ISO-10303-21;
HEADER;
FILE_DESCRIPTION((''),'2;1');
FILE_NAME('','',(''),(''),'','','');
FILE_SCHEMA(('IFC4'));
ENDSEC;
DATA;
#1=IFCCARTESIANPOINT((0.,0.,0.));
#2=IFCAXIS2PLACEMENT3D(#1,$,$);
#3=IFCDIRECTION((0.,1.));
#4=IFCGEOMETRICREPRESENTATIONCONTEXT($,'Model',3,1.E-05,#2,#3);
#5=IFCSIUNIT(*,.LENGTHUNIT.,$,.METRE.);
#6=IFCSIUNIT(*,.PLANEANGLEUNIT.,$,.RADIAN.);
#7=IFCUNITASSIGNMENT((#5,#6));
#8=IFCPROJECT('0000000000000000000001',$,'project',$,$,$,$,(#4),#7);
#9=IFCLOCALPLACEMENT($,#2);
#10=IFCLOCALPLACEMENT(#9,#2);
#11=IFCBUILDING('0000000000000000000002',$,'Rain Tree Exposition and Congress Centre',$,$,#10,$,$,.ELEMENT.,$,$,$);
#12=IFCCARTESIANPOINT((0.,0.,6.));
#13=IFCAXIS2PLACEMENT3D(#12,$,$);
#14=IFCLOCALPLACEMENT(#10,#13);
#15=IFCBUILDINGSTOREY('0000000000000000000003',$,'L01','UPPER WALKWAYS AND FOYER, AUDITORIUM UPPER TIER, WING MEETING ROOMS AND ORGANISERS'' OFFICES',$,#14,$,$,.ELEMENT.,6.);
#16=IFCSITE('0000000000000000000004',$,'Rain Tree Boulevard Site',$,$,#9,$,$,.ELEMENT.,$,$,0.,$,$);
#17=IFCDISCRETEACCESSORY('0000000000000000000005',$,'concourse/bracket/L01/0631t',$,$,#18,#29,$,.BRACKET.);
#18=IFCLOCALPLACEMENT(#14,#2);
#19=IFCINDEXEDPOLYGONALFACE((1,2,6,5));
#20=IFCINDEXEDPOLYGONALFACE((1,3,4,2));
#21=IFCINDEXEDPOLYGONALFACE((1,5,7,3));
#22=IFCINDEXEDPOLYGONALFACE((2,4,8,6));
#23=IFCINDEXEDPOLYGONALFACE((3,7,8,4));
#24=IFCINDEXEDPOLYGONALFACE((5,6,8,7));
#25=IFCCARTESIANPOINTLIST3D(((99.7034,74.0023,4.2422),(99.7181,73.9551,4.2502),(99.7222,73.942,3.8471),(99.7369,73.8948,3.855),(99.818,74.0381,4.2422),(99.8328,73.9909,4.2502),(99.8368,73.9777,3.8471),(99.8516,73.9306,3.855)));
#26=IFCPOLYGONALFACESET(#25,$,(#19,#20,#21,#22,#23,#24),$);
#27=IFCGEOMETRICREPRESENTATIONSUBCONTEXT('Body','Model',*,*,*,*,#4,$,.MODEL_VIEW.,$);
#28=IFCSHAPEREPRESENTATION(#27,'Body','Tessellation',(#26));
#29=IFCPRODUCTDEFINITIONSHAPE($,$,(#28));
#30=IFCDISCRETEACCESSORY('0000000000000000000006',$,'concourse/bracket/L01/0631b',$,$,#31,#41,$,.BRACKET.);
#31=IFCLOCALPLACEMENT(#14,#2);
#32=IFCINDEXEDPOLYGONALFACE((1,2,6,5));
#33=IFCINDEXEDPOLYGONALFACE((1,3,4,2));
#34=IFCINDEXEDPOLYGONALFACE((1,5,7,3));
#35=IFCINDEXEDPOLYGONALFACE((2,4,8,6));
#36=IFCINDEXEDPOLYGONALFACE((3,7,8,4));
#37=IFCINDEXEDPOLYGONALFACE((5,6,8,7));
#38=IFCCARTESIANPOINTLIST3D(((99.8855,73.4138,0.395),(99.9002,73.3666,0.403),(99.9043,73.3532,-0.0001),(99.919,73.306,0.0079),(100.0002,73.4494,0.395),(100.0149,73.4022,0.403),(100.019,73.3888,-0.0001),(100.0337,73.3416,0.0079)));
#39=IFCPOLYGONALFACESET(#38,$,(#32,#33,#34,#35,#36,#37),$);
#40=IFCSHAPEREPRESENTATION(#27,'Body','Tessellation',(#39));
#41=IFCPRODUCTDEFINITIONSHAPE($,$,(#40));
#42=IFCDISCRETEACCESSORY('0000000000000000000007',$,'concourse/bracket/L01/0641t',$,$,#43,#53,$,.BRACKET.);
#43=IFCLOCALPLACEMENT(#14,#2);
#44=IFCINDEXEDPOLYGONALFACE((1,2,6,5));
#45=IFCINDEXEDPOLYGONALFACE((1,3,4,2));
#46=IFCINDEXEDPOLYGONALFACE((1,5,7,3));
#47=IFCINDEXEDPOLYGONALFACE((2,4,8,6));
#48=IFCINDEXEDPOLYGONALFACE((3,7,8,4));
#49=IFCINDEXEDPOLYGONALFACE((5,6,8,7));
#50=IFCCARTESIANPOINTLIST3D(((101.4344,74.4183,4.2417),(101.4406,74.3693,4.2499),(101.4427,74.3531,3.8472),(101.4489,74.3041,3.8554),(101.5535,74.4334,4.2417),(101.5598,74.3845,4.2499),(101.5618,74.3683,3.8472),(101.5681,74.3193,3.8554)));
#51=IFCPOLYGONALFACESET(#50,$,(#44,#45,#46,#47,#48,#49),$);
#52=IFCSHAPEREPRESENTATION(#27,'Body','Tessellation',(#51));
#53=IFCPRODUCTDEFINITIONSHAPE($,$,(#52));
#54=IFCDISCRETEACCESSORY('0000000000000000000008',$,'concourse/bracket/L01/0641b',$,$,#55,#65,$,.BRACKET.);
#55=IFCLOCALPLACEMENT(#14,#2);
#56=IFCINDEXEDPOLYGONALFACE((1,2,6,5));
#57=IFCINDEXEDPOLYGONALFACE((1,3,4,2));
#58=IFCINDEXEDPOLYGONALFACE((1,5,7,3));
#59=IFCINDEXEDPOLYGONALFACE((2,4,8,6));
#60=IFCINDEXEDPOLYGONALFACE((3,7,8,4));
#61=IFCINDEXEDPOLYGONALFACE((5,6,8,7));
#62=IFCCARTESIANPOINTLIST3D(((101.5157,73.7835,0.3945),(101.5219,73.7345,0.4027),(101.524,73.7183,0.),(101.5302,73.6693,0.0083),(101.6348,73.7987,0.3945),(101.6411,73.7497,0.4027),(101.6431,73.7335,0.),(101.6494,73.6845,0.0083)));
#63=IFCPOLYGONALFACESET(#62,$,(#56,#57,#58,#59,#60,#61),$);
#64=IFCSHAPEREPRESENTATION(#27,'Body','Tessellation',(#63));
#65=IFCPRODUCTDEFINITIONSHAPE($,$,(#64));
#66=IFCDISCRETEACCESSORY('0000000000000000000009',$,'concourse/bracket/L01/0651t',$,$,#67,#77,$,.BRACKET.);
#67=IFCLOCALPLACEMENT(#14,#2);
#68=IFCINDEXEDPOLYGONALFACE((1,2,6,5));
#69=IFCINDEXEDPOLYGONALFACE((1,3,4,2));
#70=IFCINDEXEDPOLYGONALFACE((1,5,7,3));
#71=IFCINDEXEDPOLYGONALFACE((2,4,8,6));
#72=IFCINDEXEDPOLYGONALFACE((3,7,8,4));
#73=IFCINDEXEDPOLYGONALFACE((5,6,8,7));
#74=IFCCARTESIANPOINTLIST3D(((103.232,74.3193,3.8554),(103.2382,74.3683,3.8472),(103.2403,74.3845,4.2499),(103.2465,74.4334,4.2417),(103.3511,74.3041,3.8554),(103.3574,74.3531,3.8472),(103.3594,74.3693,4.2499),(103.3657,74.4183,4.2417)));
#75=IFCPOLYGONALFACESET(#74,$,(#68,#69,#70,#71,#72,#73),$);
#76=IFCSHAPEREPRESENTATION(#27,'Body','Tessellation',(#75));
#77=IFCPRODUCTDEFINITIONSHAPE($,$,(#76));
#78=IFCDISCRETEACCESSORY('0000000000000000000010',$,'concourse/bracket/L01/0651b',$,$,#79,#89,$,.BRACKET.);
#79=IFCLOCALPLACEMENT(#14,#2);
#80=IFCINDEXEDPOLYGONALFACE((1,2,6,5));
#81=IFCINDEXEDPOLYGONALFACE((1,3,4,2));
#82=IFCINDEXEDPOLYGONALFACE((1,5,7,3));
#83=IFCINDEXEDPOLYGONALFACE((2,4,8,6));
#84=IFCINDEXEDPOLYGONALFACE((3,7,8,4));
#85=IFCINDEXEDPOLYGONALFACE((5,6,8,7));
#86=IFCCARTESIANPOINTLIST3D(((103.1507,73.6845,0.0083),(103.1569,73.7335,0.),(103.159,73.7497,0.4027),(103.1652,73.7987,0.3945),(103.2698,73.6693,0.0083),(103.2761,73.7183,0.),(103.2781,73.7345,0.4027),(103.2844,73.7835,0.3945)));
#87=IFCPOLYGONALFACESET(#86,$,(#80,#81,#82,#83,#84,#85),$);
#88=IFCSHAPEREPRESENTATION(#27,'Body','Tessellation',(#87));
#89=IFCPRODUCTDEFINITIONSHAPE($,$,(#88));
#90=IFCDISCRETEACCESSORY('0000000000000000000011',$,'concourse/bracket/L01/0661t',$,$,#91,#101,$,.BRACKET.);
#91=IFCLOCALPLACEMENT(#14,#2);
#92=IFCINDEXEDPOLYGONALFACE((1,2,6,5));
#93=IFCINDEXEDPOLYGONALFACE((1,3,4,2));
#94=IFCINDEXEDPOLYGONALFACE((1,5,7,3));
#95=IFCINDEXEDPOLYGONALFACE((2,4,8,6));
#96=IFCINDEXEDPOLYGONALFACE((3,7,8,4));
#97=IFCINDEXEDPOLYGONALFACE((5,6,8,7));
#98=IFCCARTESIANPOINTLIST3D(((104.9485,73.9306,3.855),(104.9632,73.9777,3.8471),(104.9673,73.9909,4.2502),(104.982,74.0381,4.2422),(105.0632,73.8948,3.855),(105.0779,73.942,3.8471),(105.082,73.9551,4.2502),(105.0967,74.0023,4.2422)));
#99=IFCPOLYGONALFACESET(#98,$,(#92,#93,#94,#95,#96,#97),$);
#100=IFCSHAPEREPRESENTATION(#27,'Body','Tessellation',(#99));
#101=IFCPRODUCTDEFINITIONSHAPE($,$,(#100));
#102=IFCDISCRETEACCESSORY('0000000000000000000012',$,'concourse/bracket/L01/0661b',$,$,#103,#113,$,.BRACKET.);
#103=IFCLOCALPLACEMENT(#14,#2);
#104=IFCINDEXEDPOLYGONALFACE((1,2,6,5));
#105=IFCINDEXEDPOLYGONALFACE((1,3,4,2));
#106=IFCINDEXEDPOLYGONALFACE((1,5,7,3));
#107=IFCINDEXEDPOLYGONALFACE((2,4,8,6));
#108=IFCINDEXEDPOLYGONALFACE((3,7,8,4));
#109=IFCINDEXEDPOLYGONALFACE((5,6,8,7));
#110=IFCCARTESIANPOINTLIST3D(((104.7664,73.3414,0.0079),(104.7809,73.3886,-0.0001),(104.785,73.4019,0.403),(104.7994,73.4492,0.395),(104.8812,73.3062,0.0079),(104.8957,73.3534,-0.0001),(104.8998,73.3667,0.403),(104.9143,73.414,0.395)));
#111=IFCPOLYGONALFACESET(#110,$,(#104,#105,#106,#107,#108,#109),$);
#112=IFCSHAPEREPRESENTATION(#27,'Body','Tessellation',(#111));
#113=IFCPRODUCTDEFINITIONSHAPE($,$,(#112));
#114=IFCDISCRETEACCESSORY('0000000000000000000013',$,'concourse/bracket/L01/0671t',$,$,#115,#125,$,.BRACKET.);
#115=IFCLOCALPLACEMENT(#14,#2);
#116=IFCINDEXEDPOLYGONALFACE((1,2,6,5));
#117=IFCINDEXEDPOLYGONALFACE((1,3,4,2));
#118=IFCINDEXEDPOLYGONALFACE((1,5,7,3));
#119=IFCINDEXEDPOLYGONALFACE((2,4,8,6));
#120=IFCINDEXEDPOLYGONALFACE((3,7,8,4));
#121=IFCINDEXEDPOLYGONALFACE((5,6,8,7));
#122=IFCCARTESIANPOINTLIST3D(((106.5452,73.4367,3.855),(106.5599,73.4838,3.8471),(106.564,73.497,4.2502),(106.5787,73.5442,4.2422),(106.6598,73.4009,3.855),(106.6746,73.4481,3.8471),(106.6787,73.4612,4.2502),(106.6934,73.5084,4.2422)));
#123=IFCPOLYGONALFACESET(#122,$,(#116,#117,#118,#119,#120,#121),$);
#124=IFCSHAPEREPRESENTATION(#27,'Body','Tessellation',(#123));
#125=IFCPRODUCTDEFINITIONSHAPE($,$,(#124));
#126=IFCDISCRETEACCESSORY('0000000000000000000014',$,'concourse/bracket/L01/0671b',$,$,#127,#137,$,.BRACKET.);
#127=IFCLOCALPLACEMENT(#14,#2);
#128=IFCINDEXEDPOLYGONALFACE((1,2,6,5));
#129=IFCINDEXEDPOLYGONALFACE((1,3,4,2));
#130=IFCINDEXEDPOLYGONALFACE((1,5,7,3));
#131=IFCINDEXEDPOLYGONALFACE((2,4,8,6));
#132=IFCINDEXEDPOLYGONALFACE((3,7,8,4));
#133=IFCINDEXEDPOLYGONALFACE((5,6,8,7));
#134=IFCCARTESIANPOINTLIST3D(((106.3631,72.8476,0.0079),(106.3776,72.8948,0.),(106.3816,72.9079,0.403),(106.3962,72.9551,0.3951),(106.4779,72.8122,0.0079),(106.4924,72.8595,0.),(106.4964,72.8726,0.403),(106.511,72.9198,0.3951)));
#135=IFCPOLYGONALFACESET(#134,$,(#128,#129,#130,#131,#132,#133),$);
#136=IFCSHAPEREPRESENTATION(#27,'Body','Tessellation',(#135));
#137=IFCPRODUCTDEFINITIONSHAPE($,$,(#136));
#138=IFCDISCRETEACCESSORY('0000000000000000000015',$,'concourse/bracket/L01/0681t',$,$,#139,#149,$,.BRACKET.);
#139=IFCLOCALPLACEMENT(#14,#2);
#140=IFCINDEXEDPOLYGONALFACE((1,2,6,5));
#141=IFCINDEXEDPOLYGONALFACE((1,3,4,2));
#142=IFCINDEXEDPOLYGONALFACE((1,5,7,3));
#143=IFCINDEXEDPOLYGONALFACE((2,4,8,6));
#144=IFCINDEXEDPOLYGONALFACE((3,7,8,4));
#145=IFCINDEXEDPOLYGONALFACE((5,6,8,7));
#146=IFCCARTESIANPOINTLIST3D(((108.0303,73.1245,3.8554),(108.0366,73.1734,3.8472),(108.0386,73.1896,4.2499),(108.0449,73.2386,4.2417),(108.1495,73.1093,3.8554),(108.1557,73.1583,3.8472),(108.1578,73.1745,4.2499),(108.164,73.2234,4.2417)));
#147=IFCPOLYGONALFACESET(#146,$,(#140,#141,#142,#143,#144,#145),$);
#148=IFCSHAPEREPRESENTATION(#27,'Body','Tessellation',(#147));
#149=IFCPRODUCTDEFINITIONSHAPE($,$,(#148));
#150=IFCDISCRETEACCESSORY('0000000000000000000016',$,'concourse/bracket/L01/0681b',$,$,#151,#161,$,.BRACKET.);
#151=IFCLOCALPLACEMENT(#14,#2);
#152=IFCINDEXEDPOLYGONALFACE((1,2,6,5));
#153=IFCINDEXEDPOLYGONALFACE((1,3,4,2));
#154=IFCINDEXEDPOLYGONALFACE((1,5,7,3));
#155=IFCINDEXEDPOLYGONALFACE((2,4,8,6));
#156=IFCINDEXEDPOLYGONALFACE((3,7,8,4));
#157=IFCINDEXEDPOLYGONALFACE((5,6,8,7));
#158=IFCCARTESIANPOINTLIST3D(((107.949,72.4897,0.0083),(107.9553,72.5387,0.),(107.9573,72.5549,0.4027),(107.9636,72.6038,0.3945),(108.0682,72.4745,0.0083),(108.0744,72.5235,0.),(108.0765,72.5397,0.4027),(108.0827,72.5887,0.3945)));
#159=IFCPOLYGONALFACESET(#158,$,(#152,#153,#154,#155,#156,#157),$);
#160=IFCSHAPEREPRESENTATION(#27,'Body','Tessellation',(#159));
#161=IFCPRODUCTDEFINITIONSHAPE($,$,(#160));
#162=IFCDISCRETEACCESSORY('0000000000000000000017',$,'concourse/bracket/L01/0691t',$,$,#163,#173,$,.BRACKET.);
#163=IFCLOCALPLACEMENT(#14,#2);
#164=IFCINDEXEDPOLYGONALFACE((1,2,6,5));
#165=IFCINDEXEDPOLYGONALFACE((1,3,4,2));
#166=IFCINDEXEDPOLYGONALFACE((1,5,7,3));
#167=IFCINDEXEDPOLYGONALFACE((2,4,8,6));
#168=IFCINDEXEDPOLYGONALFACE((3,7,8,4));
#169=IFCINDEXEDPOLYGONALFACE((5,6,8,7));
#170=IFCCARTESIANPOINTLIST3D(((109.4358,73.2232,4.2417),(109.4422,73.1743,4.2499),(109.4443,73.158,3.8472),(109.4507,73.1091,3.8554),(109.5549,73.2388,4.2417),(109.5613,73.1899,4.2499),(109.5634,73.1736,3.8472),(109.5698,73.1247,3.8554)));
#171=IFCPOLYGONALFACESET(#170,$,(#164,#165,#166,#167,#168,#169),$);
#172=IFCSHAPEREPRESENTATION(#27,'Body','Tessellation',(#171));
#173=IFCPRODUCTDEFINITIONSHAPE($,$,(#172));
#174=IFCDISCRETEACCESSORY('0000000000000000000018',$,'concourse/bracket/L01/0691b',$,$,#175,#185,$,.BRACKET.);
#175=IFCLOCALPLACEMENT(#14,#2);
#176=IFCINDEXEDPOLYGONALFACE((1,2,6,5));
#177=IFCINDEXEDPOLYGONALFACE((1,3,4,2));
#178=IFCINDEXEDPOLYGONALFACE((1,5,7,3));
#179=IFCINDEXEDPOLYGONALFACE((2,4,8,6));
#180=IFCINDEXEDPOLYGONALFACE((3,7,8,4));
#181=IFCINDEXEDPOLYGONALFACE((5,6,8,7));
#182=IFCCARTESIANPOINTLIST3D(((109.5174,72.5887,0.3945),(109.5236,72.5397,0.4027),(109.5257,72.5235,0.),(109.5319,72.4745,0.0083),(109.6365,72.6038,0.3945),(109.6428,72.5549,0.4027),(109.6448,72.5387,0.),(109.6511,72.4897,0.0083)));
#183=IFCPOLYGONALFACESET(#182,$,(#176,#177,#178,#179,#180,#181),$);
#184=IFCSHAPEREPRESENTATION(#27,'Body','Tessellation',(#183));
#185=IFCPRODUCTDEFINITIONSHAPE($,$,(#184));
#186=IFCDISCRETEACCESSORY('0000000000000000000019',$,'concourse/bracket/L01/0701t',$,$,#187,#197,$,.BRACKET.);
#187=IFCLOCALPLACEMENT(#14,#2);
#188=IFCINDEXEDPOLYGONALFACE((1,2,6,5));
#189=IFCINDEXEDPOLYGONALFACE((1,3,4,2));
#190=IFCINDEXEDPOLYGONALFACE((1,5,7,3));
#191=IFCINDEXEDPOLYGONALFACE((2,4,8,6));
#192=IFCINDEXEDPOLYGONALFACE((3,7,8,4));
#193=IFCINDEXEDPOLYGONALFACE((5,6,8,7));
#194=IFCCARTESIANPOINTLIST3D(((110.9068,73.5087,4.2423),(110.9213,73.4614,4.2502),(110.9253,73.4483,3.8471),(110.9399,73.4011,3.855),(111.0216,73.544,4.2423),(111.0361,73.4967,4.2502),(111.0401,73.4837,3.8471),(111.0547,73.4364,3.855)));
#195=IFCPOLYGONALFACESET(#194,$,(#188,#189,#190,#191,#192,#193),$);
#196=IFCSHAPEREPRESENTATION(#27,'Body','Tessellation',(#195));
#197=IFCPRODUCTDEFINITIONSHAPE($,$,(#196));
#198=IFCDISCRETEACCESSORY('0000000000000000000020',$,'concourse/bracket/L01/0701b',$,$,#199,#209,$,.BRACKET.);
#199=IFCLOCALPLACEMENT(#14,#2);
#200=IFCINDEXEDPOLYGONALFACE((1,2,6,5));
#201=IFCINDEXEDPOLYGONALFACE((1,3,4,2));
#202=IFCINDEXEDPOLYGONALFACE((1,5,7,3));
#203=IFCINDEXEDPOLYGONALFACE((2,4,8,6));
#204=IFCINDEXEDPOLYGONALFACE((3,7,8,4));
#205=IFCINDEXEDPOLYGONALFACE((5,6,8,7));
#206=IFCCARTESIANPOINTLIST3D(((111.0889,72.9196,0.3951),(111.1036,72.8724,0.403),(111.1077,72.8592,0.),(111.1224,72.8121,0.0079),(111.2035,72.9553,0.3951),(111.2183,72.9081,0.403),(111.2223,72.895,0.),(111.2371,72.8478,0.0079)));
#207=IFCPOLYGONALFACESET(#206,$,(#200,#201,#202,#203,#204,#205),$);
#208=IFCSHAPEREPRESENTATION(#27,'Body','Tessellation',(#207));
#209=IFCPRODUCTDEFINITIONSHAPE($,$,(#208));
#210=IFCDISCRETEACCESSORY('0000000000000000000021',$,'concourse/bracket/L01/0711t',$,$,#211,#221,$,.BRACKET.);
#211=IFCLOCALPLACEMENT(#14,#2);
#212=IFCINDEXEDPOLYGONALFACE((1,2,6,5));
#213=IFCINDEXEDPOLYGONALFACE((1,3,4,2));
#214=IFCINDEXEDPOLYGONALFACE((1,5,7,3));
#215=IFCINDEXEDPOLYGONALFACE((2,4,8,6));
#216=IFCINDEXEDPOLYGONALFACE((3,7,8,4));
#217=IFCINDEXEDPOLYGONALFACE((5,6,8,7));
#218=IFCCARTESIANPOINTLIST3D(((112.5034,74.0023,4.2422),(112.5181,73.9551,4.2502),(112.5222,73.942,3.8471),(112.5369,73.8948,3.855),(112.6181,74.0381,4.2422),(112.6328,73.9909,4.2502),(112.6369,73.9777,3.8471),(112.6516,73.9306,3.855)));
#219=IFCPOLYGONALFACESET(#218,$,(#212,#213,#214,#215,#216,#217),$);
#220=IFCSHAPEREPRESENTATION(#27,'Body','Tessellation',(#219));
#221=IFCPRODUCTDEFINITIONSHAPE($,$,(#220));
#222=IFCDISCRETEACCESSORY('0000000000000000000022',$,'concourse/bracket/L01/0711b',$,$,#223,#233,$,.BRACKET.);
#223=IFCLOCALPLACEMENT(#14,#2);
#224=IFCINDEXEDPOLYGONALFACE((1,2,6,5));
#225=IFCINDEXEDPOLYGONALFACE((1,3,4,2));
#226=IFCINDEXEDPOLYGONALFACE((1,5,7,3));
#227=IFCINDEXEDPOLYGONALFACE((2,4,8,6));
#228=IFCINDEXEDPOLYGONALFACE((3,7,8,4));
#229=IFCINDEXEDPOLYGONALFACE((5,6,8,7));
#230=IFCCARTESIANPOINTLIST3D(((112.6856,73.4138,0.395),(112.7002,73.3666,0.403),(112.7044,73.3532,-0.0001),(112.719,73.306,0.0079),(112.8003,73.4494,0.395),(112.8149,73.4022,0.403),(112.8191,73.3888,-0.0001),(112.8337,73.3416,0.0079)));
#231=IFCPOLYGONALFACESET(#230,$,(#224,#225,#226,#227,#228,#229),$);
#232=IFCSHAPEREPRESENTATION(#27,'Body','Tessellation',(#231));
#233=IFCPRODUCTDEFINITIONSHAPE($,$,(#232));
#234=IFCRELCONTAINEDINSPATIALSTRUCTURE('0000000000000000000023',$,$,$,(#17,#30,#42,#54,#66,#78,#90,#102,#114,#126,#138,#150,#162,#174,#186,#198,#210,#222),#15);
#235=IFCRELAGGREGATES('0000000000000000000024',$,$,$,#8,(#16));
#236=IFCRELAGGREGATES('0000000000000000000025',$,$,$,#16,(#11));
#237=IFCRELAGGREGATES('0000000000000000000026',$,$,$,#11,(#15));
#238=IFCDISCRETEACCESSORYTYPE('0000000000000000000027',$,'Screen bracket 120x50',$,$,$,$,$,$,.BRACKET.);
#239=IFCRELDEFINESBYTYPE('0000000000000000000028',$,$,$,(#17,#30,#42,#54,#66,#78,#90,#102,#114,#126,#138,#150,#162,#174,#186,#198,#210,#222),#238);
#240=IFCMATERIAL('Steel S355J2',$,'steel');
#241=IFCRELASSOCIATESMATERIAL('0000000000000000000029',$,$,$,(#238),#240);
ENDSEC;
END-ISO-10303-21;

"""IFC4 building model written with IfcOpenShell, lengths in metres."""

from ifc_helpers import new_model, si_unit, direction, frame, origin, origin_2d, place, context, subcontext, project, spatial, rectangle, extrude, material, material_profile, profile_set, type_object, element, save


model = new_model("IFC4")

# Units and contexts
model_context = context("Model", 3, precision=1e-05, world=origin(), true_north=direction((0.0, 1.0)))
body_context = subcontext(model_context, "Body", "Model", "MODEL_VIEW")
ifc_project = project(units=[si_unit("LENGTHUNIT", "METRE"), si_unit("PLANEANGLEUNIT", "RADIAN")], contexts=[model_context])

# Site, building, storey
site_placement = place(None, origin())
site = spatial("IfcSite", under=ifc_project, at=site_placement, Name="Rain Tree Boulevard Site", CompositionType="ELEMENT", RefElevation=0.0)
building_placement = place(site_placement, origin())
building = spatial("IfcBuilding", under=site, at=building_placement, Name="Rain Tree Exposition and Congress Centre", CompositionType="ELEMENT")
storey_placement = place(building_placement, frame((0.0, 0.0, 6.0)))
storey = spatial("IfcBuildingStorey", under=building, at=storey_placement, Name="L01", Description="UPPER WALKWAYS AND FOYER, AUDITORIUM UPPER TIER, WING MEETING ROOMS AND ORGANISERS' OFFICES", CompositionType="ELEMENT", Elevation=6.0)

# Discrete accessories
ifc_material_1 = material(Name="Steel S355J2", Category="steel")
ifc_material_profile_1 = material_profile(ifc_material_1, rectangle(XDim=0.1201, YDim=0.05, at=origin_2d()), Name="Flat bar 120x50")
ifc_profile_set_1 = profile_set([ifc_material_profile_1], Name="Steel S355J2")
discrete_accessory_type = type_object("IfcDiscreteAccessoryType", Name="Screen bracket 120x50", PredefinedType="BRACKET", material=ifc_profile_set_1)
for number, where, z_axis, x_axis, name in (
    (1, (99.7869, 73.9363, 3.8511), (-0.046993, 0.150743, 0.987456), (-0.954686, -0.297615, 0.0), "concourse/bracket/L01/0631t"),
    (2, (99.969, 73.3474, 0.0039), (-0.046988, 0.151339, 0.987364), (-0.955027, -0.29652, 0.0), "concourse/bracket/L01/0631b"),
):
    element("IfcDiscreteAccessory", number, at=place(storey_placement, frame(where, z_axis=z_axis, x_axis=x_axis)), inside=storey, type_object=discrete_accessory_type, Name=name, PredefinedType="BRACKET", context=body_context, shape_type="SweptSolid", body=[
        extrude(rectangle(XDim=0.1201, YDim=0.05, at=origin_2d()), origin(), (0.0, 0.0, 1.0), 0.4001),
    ])
for number, where, z_axis, x_axis, name in (
    (3, (101.5054, 74.3362, 3.8513), (-0.020754, 0.162978, 0.986411), (-0.991989, -0.126321, 0.0), "concourse/bracket/L01/0641t"),
    (4, (101.5867, 73.7014, 0.0042), (-0.020754, 0.162978, 0.986411), (-0.991989, -0.126321, 0.0), "concourse/bracket/L01/0641b"),
    (5, (103.2947, 74.3362, 3.8513), (0.020754, 0.162978, 0.986411), (-0.991989, 0.126321, 0.0), "concourse/bracket/L01/0651t"),
    (6, (103.2134, 73.7014, 0.0042), (0.020754, 0.162978, 0.986411), (-0.991989, 0.126321, 0.0), "concourse/bracket/L01/0651b"),
):
    element("IfcDiscreteAccessory", number, at=place(storey_placement, frame(where, z_axis=z_axis, x_axis=x_axis)), inside=storey, type_object=discrete_accessory_type, Name=name, PredefinedType="BRACKET", context=body_context, shape_type="SweptSolid", body=[
        extrude(rectangle(XDim=0.1201, YDim=0.05, at=origin_2d()), origin(), (0.0, 0.0, 1.0), 0.3999),
    ])
for number, where, z_axis, x_axis, name in (
    (7, (105.0132, 73.9363, 3.8511), (0.046993, 0.150743, 0.987456), (-0.954686, 0.297615, 0.0), "concourse/bracket/L01/0661t"),
    (8, (104.8311, 73.3474, 0.0039), (0.046379, 0.151343, 0.987393), (-0.956112, 0.293002, 0.0), "concourse/bracket/L01/0661b"),
    (9, (106.6099, 73.4424, 3.8511), (0.046993, 0.150743, 0.987456), (-0.954686, 0.297615, 0.0), "concourse/bracket/L01/0671t"),
    (10, (106.4277, 72.8535, 0.0039), (0.046384, 0.150747, 0.987484), (-0.955779, 0.294086, 0.0), "concourse/bracket/L01/0671b"),
):
    element("IfcDiscreteAccessory", number, at=place(storey_placement, frame(where, z_axis=z_axis, x_axis=x_axis)), inside=storey, type_object=discrete_accessory_type, Name=name, PredefinedType="BRACKET", context=body_context, shape_type="SweptSolid", body=[
        extrude(rectangle(XDim=0.1201, YDim=0.05, at=origin_2d()), origin(), (0.0, 0.0, 1.0), 0.4001),
    ])
for number, where, z_axis, x_axis, name in (
    (11, (108.093, 73.1414, 3.8513), (0.020754, 0.162978, 0.986411), (-0.991989, 0.126321, 0.0), "concourse/bracket/L01/0681t"),
    (12, (108.0117, 72.5066, 0.0042), (0.020754, 0.162978, 0.986411), (-0.991989, 0.126321, 0.0), "concourse/bracket/L01/0681b"),
    (13, (109.5071, 73.1414, 3.8513), (-0.021364, 0.162976, 0.986399), (-0.991517, -0.129974, 0.0), "concourse/bracket/L01/0691t"),
    (14, (109.5884, 72.5066, 0.0042), (-0.020754, 0.162978, 0.986411), (-0.991989, -0.126321, 0.0), "concourse/bracket/L01/0691b"),
):
    element("IfcDiscreteAccessory", number, at=place(storey_placement, frame(where, z_axis=z_axis, x_axis=x_axis)), inside=storey, type_object=discrete_accessory_type, Name=name, PredefinedType="BRACKET", context=body_context, shape_type="SweptSolid", body=[
        extrude(rectangle(XDim=0.1201, YDim=0.05, at=origin_2d()), origin(), (0.0, 0.0, 1.0), 0.3999),
    ])
for number, where, z_axis, x_axis, name in (
    (15, (110.99, 73.4424, 3.8511), (-0.046384, 0.150747, 0.987484), (-0.955779, -0.294086, 0.0), "concourse/bracket/L01/0701t"),
    (16, (111.1724, 72.8535, 0.0039), (-0.046993, 0.150743, 0.987456), (-0.954686, -0.297615, 0.0), "concourse/bracket/L01/0701b"),
    (17, (112.5869, 73.9363, 3.8511), (-0.046993, 0.150743, 0.987456), (-0.954686, -0.297615, 0.0), "concourse/bracket/L01/0711t"),
    (18, (112.769, 73.3474, 0.0039), (-0.046988, 0.151339, 0.987364), (-0.955027, -0.29652, 0.0), "concourse/bracket/L01/0711b"),
):
    element("IfcDiscreteAccessory", number, at=place(storey_placement, frame(where, z_axis=z_axis, x_axis=x_axis)), inside=storey, type_object=discrete_accessory_type, Name=name, PredefinedType="BRACKET", context=body_context, shape_type="SweptSolid", body=[
        extrude(rectangle(XDim=0.1201, YDim=0.05, at=origin_2d()), origin(), (0.0, 0.0, 1.0), 0.4001),
    ])

save(model, "model.ifc")
